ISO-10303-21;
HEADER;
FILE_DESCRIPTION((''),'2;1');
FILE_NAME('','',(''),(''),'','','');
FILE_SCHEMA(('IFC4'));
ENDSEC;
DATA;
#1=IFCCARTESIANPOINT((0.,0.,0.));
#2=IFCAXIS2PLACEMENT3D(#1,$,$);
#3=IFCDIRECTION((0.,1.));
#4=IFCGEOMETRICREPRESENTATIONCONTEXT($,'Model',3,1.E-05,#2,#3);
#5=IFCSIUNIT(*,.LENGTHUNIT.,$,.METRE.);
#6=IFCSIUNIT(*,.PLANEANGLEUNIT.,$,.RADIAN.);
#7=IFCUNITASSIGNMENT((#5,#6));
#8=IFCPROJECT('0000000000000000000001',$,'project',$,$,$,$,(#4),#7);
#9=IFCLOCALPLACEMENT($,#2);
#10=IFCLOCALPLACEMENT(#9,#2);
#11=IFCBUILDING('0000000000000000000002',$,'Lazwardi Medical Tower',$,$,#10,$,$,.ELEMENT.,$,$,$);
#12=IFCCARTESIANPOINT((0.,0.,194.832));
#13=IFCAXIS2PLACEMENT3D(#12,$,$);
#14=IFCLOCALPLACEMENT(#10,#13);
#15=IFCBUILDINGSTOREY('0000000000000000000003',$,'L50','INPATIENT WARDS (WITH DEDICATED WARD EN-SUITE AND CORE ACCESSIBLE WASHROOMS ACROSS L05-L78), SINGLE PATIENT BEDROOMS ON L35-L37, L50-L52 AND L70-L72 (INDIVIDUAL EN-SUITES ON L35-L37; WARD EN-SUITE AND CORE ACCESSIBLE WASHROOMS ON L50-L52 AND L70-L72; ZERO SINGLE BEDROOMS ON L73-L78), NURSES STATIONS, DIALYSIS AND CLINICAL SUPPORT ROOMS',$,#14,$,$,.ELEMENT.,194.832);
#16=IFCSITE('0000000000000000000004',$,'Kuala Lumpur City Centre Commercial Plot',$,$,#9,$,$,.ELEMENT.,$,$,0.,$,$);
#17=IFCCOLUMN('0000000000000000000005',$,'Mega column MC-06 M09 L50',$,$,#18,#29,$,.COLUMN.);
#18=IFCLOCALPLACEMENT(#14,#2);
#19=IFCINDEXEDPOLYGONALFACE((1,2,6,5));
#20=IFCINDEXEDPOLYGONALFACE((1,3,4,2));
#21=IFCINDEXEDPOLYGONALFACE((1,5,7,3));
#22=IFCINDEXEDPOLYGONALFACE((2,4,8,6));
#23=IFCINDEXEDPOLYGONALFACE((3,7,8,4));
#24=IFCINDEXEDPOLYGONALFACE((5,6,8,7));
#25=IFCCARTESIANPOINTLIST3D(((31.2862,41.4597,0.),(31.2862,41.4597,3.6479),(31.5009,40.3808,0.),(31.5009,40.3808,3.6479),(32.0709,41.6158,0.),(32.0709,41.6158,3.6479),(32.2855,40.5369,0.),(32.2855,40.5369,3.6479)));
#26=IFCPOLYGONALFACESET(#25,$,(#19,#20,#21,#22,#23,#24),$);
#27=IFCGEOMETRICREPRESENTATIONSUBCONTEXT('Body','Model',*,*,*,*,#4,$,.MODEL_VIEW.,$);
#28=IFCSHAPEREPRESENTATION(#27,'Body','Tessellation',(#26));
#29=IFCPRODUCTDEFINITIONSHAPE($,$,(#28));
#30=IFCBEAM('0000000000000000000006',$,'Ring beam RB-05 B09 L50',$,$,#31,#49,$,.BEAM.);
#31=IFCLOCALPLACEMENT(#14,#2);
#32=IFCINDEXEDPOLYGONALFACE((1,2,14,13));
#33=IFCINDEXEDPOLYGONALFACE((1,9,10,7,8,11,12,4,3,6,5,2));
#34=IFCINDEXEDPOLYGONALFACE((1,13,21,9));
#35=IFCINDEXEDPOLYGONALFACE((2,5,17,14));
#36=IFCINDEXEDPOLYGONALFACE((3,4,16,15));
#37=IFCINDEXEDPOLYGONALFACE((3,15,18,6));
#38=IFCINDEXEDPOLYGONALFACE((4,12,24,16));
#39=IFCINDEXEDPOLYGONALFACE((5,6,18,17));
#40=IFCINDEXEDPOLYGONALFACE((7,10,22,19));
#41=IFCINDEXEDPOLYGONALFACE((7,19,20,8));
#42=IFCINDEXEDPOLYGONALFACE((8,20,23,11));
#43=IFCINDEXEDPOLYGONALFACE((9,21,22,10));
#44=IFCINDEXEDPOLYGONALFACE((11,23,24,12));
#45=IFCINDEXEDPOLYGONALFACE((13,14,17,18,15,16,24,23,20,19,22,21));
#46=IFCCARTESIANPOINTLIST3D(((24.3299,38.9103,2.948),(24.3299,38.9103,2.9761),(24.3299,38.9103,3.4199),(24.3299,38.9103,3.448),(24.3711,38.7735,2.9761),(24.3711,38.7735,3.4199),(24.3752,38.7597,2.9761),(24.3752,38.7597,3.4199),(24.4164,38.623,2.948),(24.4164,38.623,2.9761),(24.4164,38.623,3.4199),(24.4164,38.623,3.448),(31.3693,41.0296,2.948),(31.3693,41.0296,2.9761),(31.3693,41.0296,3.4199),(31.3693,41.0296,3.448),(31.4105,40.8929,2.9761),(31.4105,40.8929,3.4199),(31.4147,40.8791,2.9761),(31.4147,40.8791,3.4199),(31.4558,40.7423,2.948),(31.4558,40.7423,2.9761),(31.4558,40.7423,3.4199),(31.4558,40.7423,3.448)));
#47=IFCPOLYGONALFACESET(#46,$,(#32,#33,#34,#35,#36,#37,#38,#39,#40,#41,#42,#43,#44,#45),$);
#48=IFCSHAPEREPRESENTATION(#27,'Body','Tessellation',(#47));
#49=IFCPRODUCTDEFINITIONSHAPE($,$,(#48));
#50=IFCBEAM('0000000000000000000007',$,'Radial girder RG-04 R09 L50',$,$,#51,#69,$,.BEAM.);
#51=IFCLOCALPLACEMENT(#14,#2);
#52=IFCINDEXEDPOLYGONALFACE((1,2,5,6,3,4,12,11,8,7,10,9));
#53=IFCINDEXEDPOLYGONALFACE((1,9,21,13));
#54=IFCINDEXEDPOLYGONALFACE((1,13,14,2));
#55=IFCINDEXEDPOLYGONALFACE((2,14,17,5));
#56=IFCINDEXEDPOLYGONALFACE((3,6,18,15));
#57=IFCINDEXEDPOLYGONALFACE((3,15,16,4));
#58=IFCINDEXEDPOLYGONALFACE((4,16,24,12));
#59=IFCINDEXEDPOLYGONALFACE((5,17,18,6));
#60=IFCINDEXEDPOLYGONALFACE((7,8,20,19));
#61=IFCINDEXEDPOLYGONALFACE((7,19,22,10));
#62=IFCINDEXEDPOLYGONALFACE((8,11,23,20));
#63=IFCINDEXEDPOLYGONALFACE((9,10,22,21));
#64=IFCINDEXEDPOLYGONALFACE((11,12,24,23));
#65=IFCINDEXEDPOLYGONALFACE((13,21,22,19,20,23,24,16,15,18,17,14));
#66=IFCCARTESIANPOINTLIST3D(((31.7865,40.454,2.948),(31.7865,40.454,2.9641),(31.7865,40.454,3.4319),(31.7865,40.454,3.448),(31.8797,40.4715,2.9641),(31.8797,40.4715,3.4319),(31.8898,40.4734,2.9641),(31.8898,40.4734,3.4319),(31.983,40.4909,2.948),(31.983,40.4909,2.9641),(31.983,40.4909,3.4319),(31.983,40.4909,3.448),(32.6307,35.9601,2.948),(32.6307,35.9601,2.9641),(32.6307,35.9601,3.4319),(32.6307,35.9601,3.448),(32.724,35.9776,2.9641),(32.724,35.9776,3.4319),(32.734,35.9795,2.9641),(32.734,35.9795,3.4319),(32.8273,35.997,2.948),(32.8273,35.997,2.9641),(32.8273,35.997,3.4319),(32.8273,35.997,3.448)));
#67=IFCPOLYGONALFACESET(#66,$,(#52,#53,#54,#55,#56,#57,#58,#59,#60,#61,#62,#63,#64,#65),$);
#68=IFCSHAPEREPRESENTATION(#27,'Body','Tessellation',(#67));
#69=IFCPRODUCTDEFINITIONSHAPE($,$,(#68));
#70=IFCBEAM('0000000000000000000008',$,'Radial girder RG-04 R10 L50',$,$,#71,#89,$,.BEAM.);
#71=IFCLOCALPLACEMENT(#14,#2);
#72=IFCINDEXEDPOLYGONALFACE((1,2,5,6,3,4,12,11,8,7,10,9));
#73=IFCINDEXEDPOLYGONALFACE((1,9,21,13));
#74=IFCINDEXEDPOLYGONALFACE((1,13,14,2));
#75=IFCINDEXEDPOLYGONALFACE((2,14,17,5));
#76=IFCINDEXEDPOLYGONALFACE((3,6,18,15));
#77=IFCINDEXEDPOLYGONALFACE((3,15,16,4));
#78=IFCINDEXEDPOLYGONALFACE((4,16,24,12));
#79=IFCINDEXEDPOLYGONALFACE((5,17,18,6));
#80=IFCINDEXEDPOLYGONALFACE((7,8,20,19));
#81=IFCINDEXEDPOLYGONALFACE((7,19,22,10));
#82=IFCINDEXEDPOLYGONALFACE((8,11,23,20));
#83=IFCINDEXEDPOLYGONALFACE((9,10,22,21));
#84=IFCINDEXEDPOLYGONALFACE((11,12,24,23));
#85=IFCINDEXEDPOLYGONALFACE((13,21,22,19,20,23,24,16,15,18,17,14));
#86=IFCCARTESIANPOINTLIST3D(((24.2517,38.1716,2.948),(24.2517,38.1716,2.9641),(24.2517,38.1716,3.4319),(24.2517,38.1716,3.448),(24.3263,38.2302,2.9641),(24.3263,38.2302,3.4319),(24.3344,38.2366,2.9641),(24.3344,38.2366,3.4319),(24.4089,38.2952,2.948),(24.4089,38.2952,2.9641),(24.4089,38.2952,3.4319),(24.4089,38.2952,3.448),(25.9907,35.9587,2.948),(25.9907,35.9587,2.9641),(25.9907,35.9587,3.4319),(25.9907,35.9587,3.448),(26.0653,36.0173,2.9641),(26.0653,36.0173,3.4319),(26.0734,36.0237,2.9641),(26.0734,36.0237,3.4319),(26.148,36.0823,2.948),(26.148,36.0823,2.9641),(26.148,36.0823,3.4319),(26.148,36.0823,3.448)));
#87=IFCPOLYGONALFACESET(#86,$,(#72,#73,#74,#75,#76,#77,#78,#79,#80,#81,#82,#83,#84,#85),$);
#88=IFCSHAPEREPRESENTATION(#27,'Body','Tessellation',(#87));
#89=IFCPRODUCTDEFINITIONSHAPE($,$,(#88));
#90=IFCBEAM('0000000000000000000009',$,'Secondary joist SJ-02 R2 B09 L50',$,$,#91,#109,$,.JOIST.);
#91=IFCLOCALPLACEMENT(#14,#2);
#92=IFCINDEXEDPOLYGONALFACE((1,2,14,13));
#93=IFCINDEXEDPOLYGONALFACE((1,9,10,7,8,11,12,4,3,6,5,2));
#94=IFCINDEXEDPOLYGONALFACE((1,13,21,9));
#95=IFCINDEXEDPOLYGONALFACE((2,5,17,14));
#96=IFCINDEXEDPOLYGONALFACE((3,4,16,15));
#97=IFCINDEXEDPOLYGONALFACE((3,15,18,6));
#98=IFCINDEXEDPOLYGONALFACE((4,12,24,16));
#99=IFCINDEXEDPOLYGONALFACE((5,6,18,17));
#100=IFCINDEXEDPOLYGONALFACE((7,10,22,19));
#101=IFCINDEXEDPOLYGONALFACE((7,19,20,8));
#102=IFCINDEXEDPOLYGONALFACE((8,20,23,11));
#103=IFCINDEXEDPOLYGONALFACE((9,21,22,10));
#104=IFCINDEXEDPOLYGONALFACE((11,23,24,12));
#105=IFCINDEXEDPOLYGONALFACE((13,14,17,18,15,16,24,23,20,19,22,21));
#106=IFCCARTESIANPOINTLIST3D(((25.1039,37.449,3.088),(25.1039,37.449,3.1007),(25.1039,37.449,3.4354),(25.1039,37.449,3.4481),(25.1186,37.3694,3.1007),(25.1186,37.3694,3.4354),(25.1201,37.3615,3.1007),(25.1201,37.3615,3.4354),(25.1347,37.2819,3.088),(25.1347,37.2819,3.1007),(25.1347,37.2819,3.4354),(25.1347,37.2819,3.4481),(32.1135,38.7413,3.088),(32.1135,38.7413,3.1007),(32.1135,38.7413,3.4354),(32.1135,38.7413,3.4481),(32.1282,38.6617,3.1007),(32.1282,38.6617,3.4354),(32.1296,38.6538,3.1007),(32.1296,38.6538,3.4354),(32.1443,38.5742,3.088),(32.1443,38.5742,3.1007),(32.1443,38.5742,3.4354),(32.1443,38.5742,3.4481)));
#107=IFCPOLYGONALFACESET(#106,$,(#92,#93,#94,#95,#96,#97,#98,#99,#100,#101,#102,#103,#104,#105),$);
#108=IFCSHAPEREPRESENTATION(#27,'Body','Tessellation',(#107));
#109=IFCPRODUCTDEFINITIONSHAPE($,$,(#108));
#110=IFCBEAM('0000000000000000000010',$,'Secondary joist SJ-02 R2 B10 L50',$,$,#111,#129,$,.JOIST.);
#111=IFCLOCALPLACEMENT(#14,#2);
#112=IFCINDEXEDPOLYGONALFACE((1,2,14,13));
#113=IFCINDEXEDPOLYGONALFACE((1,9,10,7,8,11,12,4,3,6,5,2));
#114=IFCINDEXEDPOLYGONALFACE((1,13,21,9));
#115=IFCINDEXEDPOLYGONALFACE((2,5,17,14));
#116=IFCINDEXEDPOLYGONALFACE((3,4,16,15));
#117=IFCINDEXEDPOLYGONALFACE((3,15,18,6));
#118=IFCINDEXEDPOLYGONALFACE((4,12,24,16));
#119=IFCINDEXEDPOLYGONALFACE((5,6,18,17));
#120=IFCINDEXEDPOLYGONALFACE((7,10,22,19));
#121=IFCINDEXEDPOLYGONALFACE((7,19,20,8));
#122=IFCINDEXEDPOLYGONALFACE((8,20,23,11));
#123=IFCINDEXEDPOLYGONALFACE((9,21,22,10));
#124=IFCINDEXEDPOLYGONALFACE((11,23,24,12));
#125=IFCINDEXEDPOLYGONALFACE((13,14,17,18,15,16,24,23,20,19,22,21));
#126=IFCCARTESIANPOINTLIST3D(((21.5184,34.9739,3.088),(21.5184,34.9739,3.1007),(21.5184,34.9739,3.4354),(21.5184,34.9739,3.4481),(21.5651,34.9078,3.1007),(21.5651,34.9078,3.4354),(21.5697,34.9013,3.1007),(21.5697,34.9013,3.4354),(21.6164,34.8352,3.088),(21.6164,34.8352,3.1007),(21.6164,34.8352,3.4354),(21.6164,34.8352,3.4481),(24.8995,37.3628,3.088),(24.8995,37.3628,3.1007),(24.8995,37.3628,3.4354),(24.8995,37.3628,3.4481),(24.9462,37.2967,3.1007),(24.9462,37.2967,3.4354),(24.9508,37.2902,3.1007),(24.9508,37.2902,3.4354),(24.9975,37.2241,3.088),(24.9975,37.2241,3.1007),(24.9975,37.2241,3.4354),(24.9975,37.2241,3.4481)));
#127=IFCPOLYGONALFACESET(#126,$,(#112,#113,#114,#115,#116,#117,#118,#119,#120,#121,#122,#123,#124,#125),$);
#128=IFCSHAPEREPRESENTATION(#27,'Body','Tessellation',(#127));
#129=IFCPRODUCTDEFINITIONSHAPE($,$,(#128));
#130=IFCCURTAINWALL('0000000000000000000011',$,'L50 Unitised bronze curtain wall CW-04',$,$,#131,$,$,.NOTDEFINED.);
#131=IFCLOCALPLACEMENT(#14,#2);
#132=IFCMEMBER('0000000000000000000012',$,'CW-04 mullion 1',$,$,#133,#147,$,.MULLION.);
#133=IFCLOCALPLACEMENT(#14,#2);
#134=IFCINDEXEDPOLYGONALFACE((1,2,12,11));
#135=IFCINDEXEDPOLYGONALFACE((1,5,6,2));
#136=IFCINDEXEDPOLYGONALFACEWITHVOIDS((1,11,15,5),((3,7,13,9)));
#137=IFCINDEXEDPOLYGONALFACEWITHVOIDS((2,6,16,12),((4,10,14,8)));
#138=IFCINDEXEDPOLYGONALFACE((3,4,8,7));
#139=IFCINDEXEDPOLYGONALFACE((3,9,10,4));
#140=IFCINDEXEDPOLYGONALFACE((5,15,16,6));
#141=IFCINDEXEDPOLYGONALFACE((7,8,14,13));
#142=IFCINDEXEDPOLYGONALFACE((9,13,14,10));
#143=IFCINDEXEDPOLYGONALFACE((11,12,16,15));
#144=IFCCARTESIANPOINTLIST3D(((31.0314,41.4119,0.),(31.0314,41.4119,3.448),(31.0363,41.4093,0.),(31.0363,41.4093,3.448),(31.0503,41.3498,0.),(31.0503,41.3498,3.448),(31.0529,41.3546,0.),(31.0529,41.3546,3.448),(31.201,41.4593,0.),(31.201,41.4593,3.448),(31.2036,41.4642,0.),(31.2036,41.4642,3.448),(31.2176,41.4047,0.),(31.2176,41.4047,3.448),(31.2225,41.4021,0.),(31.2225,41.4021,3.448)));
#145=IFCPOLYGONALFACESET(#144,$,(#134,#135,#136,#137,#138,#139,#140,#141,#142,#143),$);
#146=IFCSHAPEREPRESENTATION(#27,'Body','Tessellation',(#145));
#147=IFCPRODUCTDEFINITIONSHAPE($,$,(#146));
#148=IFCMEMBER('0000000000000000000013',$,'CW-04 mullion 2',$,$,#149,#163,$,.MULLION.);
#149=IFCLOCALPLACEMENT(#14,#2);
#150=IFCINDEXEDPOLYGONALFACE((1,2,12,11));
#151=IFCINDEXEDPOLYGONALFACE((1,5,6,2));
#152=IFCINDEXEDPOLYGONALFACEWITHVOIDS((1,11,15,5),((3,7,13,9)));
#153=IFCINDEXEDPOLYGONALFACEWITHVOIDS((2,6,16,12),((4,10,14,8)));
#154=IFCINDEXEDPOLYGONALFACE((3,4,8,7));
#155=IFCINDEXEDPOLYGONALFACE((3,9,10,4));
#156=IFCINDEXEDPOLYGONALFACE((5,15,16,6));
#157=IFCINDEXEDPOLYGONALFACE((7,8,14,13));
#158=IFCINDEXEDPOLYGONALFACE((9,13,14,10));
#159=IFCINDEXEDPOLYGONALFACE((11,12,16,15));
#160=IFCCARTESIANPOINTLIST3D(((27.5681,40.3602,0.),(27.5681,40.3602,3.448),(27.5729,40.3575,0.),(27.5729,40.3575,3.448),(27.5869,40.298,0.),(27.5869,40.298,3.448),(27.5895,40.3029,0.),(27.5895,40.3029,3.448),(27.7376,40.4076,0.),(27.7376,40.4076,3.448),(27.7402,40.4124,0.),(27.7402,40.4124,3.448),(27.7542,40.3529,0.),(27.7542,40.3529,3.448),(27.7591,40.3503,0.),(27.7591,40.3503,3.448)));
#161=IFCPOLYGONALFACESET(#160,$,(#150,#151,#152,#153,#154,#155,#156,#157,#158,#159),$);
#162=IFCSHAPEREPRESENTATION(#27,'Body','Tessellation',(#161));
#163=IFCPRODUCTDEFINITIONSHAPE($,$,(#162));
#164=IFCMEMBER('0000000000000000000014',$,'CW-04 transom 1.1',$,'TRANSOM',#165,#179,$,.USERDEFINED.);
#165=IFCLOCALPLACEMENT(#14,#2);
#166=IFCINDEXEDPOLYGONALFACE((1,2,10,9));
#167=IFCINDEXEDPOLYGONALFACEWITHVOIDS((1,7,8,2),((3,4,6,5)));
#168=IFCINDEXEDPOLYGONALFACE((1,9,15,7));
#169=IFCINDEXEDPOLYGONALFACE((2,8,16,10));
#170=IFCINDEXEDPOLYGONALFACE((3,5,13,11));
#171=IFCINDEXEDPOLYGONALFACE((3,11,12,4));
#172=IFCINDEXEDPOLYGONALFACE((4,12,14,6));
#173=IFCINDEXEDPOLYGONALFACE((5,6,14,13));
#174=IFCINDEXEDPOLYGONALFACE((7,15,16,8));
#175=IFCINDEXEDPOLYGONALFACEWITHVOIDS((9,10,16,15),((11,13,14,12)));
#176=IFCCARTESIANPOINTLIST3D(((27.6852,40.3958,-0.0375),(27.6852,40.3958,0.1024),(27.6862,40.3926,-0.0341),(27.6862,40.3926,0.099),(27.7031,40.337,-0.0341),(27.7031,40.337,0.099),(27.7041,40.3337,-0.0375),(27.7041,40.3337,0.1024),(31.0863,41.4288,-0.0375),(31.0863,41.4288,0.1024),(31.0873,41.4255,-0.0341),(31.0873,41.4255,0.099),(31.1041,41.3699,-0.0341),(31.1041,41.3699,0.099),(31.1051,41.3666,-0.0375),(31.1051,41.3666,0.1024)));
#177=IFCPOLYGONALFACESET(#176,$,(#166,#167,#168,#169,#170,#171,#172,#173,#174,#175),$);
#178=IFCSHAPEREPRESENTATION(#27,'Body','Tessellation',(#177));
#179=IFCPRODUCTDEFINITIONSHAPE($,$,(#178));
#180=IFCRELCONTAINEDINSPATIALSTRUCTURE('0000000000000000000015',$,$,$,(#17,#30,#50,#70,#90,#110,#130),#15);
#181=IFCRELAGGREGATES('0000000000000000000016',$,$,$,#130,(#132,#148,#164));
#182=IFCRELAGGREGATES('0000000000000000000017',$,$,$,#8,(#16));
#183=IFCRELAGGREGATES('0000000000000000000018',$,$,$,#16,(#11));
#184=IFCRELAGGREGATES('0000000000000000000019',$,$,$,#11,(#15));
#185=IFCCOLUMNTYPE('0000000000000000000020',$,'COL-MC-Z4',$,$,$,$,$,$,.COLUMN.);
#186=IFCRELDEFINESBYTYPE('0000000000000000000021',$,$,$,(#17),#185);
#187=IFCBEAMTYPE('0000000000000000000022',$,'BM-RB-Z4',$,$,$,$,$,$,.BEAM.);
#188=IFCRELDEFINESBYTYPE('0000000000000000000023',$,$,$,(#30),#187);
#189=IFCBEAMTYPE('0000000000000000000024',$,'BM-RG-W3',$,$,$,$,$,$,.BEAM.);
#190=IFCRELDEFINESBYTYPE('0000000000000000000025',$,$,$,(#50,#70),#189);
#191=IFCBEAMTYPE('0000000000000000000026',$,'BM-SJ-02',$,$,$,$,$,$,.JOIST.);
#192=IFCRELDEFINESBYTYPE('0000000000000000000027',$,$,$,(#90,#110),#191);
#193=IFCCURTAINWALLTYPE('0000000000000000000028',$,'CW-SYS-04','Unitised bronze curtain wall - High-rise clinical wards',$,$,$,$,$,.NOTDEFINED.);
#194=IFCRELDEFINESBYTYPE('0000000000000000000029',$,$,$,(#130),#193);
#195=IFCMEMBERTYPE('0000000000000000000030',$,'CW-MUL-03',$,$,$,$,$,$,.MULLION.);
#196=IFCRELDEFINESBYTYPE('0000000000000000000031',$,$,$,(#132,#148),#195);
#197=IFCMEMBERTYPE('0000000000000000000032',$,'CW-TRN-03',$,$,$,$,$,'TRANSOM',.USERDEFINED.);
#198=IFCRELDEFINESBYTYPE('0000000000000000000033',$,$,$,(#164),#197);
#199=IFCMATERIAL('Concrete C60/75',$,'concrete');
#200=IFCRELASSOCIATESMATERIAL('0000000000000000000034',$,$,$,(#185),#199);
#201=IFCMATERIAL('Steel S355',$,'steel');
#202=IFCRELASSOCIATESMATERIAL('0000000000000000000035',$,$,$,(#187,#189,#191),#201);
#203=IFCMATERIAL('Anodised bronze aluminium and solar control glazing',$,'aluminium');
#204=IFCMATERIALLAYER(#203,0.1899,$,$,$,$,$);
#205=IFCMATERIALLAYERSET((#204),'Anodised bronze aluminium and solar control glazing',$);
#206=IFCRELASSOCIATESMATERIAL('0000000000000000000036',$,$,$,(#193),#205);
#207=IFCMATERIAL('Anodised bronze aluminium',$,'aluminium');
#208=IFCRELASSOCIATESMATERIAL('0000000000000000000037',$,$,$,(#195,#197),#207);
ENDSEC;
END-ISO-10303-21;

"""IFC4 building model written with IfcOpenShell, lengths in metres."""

from ifc_helpers import new_model, si_unit, direction, frame, origin, origin_2d, place, context, subcontext, project, spatial, rectangle, hollow_rectangle, i_section, extrude, material, layer, layer_set, material_profile, profile_set, type_object, element, aggregate, save


model = new_model("IFC4")

# Units and contexts
model_context = context("Model", 3, precision=1e-05, world=origin(), true_north=direction((0.0, 1.0)))
body_context = subcontext(model_context, "Body", "Model", "MODEL_VIEW")
ifc_project = project(units=[si_unit("LENGTHUNIT", "METRE"), si_unit("PLANEANGLEUNIT", "RADIAN")], contexts=[model_context])

# Site, building, storey
site_placement = place(None, origin())
site = spatial("IfcSite", under=ifc_project, at=site_placement, Name="Kuala Lumpur City Centre Commercial Plot", CompositionType="ELEMENT", RefElevation=0.0)
building_placement = place(site_placement, origin())
building = spatial("IfcBuilding", under=site, at=building_placement, Name="Lazwardi Medical Tower", CompositionType="ELEMENT")
storey_placement = place(building_placement, frame((0.0, 0.0, 194.832)))
storey = spatial("IfcBuildingStorey", under=building, at=storey_placement, Name="L50", Description="INPATIENT WARDS (WITH DEDICATED WARD EN-SUITE AND CORE ACCESSIBLE WASHROOMS ACROSS L05-L78), SINGLE PATIENT BEDROOMS ON L35-L37, L50-L52 AND L70-L72 (INDIVIDUAL EN-SUITES ON L35-L37; WARD EN-SUITE AND CORE ACCESSIBLE WASHROOMS ON L50-L52 AND L70-L72; ZERO SINGLE BEDROOMS ON L73-L78), NURSES STATIONS, DIALYSIS AND CLINICAL SUPPORT ROOMS", CompositionType="ELEMENT", Elevation=194.832)

# Column
ifc_material_1 = material(Name="Concrete C60/75", Category="concrete")
ifc_material_profile_1 = material_profile(ifc_material_1, rectangle(XDim=1.1001, YDim=0.8, at=origin_2d()), Name="CFT-RECT 1100x800")
ifc_profile_set_1 = profile_set([ifc_material_profile_1], Name="Concrete C60/75")
column_type = type_object("IfcColumnType", Name="COL-MC-Z4", PredefinedType="COLUMN", material=ifc_profile_set_1)
column_placement = place(storey_placement, frame((31.7859, 40.9983, 0.0), z_axis=(0.0, 0.0, 1.0), x_axis=(-0.19509, 0.980785, 0.0)))
element("IfcColumn", 1, at=column_placement, inside=storey, type_object=column_type, Name="Mega column MC-06 M09 L50", PredefinedType="COLUMN", context=body_context, shape_type="SweptSolid", body=[
    extrude(rectangle(XDim=1.1001, YDim=0.8, at=origin_2d()), origin(), (0.0, 0.0, 1.0), 3.6479),
])

# Beams
ifc_material_2 = material(Name="Steel S355", Category="steel")
ifc_material_profile_2 = material_profile(ifc_material_2, i_section(OverallWidth=0.3, OverallDepth=0.5, WebThickness=0.0144, FlangeThickness=0.0281, at=origin_2d()), Name="HEB 500")
ifc_profile_set_2 = profile_set([ifc_material_profile_2], Name="Steel S355")
beam_type_1 = type_object("IfcBeamType", Name="BM-RB-Z4", PredefinedType="BEAM", material=ifc_profile_set_2)
beam_1_placement = place(storey_placement, frame((31.4126, 40.886, 3.198), z_axis=(-0.957544, -0.288286, 0.0), x_axis=(0.288286, -0.957544, 0.0)))
element("IfcBeam", 2, at=beam_1_placement, inside=storey, type_object=beam_type_1, Name="Ring beam RB-05 B09 L50", PredefinedType="BEAM", context=body_context, shape_type="SweptSolid", body=[
    extrude(i_section(OverallWidth=0.3, OverallDepth=0.5, WebThickness=0.0144, FlangeThickness=0.0281, at=origin_2d()), origin(), (0.0, 0.0, 1.0), 7.3516),
])
ifc_material_profile_3 = material_profile(ifc_material_2, i_section(OverallWidth=0.2, OverallDepth=0.5, WebThickness=0.0103, FlangeThickness=0.0161, at=origin_2d()), Name="IPE 500")
ifc_profile_set_3 = profile_set([ifc_material_profile_3], Name="Steel S355")
beam_type_2 = type_object("IfcBeamType", Name="BM-RG-W3", PredefinedType="BEAM", material=ifc_profile_set_3)
beam_2_placement = place(storey_placement, frame((31.8848, 40.4724, 3.198), z_axis=(0.184633, -0.982807, 0.0), x_axis=(0.982807, 0.184633, 0.0)))
element("IfcBeam", 3, at=beam_2_placement, inside=storey, type_object=beam_type_2, Name="Radial girder RG-04 R09 L50", PredefinedType="BEAM", context=body_context, shape_type="SweptSolid", body=[
    extrude(i_section(OverallWidth=0.2, OverallDepth=0.5, WebThickness=0.0103, FlangeThickness=0.0161, at=origin_2d()), origin(), (0.0, 0.0, 1.0), 4.5725),
])
beam_3_placement = place(storey_placement, frame((24.3303, 38.2334, 3.198), z_axis=(0.617891, -0.786264, 0.0), x_axis=(0.786264, 0.617891, 0.0)))
element("IfcBeam", 4, at=beam_3_placement, inside=storey, type_object=beam_type_2, Name="Radial girder RG-04 R10 L50", PredefinedType="BEAM", context=body_context, shape_type="SweptSolid", body=[
    extrude(i_section(OverallWidth=0.2, OverallDepth=0.5, WebThickness=0.0103, FlangeThickness=0.0161, at=origin_2d()), origin(), (0.0, 0.0, 1.0), 2.8145),
])
ifc_material_profile_4 = material_profile(ifc_material_2, i_section(OverallWidth=0.1699, OverallDepth=0.3601, WebThickness=0.0081, FlangeThickness=0.0127, at=origin_2d()), Name="IPE 360")
ifc_profile_set_4 = profile_set([ifc_material_profile_4], Name="Steel S355")
beam_type_3 = type_object("IfcBeamType", Name="BM-SJ-02", PredefinedType="JOIST", material=ifc_profile_set_4)
beam_4_placement = place(storey_placement, frame((32.1289, 38.6577, 3.2681), z_axis=(-0.983428, -0.181299, 0.0), x_axis=(0.181299, -0.983428, 0.0)))
element("IfcBeam", 5, at=beam_4_placement, inside=storey, type_object=beam_type_3, Name="Secondary joist SJ-02 R2 B09 L50", PredefinedType="JOIST", context=body_context, shape_type="SweptSolid", body=[
    extrude(i_section(OverallWidth=0.1699, OverallDepth=0.3601, WebThickness=0.0081, FlangeThickness=0.0127, at=origin_2d()), origin(), (0.0, 0.0, 1.0), 7.1277),
])
beam_5_placement = place(storey_placement, frame((24.9485, 37.2935, 3.2681), z_axis=(-0.816711, -0.577047, 0.0), x_axis=(0.577047, -0.816711, 0.0)))
element("IfcBeam", 6, at=beam_5_placement, inside=storey, type_object=beam_type_3, Name="Secondary joist SJ-02 R2 B10 L50", PredefinedType="JOIST", context=body_context, shape_type="SweptSolid", body=[
    extrude(i_section(OverallWidth=0.1699, OverallDepth=0.3601, WebThickness=0.0081, FlangeThickness=0.0127, at=origin_2d()), origin(), (0.0, 0.0, 1.0), 4.1399),
])

# Curtain wall, members
ifc_material_3 = material(Name="Anodised bronze aluminium and solar control glazing", Category="aluminium")
ifc_layer_1 = layer(ifc_material_3, 0.1899)
ifc_layer_set_1 = layer_set([ifc_layer_1], Name="Anodised bronze aluminium and solar control glazing")
curtain_wall_type = type_object("IfcCurtainWallType", Name="CW-SYS-04", Description="Unitised bronze curtain wall - High-rise clinical wards", PredefinedType="NOTDEFINED", material=ifc_layer_set_1)
curtain_wall_placement = place(storey_placement, origin())
curtain_wall = element("IfcCurtainWall", 7, at=curtain_wall_placement, inside=storey, type_object=curtain_wall_type, Name="L50 Unitised bronze curtain wall CW-04", PredefinedType="NOTDEFINED")
ifc_material_4 = material(Name="Anodised bronze aluminium", Category="aluminium")
ifc_material_profile_5 = material_profile(ifc_material_4, hollow_rectangle(XDim=0.0649, YDim=0.1799, WallThickness=0.0039, at=origin_2d()), Name="ALU-MULLION 180x65x4")
ifc_profile_set_5 = profile_set([ifc_material_profile_5], Name="Anodised bronze aluminium")
member_type_1 = type_object("IfcMemberType", Name="CW-MUL-03", PredefinedType="MULLION", material=ifc_profile_set_5)
member_1_placement = place(storey_placement, frame((31.127, 41.407, 0.0), z_axis=(0.0, 0.0, 1.0), x_axis=(0.290582, -0.95685, 0.0)))
member_1 = element("IfcMember", 8, at=member_1_placement, type_object=member_type_1, Name="CW-04 mullion 1", PredefinedType="MULLION", context=body_context, shape_type="SweptSolid", body=[
    extrude(hollow_rectangle(XDim=0.0649, YDim=0.1799, WallThickness=0.0039, at=origin_2d()), origin(), (0.0, 0.0, 1.0), 3.448),
])
member_2_placement = place(storey_placement, frame((27.6636, 40.3552, 0.0), z_axis=(0.0, 0.0, 1.0), x_axis=(0.290582, -0.95685, 0.0)))
member_2 = element("IfcMember", 9, at=member_2_placement, type_object=member_type_1, Name="CW-04 mullion 2", PredefinedType="MULLION", context=body_context, shape_type="SweptSolid", body=[
    extrude(hollow_rectangle(XDim=0.0649, YDim=0.1799, WallThickness=0.0039, at=origin_2d()), origin(), (0.0, 0.0, 1.0), 3.448),
])
ifc_material_profile_6 = material_profile(ifc_material_4, hollow_rectangle(XDim=0.0649, YDim=0.1399, WallThickness=0.0034, at=origin_2d()), Name="ALU-TRANSOM 140x65x3.5")
ifc_profile_set_6 = profile_set([ifc_material_profile_6], Name="Anodised bronze aluminium")
member_type_2 = type_object("IfcMemberType", Name="CW-TRN-03", ElementType="TRANSOM", PredefinedType="USERDEFINED", material=ifc_profile_set_6)
member_3_placement = place(storey_placement, frame((31.0957, 41.3977, 0.0325), z_axis=(-0.956843, -0.290604, 0.0), x_axis=(0.290604, -0.956843, 0.0)))
member_3 = element("IfcMember", 10, at=member_3_placement, type_object=member_type_2, Name="CW-04 transom 1.1", ObjectType="TRANSOM", PredefinedType="USERDEFINED", context=body_context, shape_type="SweptSolid", body=[
    extrude(hollow_rectangle(XDim=0.0649, YDim=0.1399, WallThickness=0.0034, at=origin_2d()), origin(), (0.0, 0.0, 1.0), 3.5544),
])
aggregate(curtain_wall, [member_1, member_2, member_3])

save(model, "model.ifc")
